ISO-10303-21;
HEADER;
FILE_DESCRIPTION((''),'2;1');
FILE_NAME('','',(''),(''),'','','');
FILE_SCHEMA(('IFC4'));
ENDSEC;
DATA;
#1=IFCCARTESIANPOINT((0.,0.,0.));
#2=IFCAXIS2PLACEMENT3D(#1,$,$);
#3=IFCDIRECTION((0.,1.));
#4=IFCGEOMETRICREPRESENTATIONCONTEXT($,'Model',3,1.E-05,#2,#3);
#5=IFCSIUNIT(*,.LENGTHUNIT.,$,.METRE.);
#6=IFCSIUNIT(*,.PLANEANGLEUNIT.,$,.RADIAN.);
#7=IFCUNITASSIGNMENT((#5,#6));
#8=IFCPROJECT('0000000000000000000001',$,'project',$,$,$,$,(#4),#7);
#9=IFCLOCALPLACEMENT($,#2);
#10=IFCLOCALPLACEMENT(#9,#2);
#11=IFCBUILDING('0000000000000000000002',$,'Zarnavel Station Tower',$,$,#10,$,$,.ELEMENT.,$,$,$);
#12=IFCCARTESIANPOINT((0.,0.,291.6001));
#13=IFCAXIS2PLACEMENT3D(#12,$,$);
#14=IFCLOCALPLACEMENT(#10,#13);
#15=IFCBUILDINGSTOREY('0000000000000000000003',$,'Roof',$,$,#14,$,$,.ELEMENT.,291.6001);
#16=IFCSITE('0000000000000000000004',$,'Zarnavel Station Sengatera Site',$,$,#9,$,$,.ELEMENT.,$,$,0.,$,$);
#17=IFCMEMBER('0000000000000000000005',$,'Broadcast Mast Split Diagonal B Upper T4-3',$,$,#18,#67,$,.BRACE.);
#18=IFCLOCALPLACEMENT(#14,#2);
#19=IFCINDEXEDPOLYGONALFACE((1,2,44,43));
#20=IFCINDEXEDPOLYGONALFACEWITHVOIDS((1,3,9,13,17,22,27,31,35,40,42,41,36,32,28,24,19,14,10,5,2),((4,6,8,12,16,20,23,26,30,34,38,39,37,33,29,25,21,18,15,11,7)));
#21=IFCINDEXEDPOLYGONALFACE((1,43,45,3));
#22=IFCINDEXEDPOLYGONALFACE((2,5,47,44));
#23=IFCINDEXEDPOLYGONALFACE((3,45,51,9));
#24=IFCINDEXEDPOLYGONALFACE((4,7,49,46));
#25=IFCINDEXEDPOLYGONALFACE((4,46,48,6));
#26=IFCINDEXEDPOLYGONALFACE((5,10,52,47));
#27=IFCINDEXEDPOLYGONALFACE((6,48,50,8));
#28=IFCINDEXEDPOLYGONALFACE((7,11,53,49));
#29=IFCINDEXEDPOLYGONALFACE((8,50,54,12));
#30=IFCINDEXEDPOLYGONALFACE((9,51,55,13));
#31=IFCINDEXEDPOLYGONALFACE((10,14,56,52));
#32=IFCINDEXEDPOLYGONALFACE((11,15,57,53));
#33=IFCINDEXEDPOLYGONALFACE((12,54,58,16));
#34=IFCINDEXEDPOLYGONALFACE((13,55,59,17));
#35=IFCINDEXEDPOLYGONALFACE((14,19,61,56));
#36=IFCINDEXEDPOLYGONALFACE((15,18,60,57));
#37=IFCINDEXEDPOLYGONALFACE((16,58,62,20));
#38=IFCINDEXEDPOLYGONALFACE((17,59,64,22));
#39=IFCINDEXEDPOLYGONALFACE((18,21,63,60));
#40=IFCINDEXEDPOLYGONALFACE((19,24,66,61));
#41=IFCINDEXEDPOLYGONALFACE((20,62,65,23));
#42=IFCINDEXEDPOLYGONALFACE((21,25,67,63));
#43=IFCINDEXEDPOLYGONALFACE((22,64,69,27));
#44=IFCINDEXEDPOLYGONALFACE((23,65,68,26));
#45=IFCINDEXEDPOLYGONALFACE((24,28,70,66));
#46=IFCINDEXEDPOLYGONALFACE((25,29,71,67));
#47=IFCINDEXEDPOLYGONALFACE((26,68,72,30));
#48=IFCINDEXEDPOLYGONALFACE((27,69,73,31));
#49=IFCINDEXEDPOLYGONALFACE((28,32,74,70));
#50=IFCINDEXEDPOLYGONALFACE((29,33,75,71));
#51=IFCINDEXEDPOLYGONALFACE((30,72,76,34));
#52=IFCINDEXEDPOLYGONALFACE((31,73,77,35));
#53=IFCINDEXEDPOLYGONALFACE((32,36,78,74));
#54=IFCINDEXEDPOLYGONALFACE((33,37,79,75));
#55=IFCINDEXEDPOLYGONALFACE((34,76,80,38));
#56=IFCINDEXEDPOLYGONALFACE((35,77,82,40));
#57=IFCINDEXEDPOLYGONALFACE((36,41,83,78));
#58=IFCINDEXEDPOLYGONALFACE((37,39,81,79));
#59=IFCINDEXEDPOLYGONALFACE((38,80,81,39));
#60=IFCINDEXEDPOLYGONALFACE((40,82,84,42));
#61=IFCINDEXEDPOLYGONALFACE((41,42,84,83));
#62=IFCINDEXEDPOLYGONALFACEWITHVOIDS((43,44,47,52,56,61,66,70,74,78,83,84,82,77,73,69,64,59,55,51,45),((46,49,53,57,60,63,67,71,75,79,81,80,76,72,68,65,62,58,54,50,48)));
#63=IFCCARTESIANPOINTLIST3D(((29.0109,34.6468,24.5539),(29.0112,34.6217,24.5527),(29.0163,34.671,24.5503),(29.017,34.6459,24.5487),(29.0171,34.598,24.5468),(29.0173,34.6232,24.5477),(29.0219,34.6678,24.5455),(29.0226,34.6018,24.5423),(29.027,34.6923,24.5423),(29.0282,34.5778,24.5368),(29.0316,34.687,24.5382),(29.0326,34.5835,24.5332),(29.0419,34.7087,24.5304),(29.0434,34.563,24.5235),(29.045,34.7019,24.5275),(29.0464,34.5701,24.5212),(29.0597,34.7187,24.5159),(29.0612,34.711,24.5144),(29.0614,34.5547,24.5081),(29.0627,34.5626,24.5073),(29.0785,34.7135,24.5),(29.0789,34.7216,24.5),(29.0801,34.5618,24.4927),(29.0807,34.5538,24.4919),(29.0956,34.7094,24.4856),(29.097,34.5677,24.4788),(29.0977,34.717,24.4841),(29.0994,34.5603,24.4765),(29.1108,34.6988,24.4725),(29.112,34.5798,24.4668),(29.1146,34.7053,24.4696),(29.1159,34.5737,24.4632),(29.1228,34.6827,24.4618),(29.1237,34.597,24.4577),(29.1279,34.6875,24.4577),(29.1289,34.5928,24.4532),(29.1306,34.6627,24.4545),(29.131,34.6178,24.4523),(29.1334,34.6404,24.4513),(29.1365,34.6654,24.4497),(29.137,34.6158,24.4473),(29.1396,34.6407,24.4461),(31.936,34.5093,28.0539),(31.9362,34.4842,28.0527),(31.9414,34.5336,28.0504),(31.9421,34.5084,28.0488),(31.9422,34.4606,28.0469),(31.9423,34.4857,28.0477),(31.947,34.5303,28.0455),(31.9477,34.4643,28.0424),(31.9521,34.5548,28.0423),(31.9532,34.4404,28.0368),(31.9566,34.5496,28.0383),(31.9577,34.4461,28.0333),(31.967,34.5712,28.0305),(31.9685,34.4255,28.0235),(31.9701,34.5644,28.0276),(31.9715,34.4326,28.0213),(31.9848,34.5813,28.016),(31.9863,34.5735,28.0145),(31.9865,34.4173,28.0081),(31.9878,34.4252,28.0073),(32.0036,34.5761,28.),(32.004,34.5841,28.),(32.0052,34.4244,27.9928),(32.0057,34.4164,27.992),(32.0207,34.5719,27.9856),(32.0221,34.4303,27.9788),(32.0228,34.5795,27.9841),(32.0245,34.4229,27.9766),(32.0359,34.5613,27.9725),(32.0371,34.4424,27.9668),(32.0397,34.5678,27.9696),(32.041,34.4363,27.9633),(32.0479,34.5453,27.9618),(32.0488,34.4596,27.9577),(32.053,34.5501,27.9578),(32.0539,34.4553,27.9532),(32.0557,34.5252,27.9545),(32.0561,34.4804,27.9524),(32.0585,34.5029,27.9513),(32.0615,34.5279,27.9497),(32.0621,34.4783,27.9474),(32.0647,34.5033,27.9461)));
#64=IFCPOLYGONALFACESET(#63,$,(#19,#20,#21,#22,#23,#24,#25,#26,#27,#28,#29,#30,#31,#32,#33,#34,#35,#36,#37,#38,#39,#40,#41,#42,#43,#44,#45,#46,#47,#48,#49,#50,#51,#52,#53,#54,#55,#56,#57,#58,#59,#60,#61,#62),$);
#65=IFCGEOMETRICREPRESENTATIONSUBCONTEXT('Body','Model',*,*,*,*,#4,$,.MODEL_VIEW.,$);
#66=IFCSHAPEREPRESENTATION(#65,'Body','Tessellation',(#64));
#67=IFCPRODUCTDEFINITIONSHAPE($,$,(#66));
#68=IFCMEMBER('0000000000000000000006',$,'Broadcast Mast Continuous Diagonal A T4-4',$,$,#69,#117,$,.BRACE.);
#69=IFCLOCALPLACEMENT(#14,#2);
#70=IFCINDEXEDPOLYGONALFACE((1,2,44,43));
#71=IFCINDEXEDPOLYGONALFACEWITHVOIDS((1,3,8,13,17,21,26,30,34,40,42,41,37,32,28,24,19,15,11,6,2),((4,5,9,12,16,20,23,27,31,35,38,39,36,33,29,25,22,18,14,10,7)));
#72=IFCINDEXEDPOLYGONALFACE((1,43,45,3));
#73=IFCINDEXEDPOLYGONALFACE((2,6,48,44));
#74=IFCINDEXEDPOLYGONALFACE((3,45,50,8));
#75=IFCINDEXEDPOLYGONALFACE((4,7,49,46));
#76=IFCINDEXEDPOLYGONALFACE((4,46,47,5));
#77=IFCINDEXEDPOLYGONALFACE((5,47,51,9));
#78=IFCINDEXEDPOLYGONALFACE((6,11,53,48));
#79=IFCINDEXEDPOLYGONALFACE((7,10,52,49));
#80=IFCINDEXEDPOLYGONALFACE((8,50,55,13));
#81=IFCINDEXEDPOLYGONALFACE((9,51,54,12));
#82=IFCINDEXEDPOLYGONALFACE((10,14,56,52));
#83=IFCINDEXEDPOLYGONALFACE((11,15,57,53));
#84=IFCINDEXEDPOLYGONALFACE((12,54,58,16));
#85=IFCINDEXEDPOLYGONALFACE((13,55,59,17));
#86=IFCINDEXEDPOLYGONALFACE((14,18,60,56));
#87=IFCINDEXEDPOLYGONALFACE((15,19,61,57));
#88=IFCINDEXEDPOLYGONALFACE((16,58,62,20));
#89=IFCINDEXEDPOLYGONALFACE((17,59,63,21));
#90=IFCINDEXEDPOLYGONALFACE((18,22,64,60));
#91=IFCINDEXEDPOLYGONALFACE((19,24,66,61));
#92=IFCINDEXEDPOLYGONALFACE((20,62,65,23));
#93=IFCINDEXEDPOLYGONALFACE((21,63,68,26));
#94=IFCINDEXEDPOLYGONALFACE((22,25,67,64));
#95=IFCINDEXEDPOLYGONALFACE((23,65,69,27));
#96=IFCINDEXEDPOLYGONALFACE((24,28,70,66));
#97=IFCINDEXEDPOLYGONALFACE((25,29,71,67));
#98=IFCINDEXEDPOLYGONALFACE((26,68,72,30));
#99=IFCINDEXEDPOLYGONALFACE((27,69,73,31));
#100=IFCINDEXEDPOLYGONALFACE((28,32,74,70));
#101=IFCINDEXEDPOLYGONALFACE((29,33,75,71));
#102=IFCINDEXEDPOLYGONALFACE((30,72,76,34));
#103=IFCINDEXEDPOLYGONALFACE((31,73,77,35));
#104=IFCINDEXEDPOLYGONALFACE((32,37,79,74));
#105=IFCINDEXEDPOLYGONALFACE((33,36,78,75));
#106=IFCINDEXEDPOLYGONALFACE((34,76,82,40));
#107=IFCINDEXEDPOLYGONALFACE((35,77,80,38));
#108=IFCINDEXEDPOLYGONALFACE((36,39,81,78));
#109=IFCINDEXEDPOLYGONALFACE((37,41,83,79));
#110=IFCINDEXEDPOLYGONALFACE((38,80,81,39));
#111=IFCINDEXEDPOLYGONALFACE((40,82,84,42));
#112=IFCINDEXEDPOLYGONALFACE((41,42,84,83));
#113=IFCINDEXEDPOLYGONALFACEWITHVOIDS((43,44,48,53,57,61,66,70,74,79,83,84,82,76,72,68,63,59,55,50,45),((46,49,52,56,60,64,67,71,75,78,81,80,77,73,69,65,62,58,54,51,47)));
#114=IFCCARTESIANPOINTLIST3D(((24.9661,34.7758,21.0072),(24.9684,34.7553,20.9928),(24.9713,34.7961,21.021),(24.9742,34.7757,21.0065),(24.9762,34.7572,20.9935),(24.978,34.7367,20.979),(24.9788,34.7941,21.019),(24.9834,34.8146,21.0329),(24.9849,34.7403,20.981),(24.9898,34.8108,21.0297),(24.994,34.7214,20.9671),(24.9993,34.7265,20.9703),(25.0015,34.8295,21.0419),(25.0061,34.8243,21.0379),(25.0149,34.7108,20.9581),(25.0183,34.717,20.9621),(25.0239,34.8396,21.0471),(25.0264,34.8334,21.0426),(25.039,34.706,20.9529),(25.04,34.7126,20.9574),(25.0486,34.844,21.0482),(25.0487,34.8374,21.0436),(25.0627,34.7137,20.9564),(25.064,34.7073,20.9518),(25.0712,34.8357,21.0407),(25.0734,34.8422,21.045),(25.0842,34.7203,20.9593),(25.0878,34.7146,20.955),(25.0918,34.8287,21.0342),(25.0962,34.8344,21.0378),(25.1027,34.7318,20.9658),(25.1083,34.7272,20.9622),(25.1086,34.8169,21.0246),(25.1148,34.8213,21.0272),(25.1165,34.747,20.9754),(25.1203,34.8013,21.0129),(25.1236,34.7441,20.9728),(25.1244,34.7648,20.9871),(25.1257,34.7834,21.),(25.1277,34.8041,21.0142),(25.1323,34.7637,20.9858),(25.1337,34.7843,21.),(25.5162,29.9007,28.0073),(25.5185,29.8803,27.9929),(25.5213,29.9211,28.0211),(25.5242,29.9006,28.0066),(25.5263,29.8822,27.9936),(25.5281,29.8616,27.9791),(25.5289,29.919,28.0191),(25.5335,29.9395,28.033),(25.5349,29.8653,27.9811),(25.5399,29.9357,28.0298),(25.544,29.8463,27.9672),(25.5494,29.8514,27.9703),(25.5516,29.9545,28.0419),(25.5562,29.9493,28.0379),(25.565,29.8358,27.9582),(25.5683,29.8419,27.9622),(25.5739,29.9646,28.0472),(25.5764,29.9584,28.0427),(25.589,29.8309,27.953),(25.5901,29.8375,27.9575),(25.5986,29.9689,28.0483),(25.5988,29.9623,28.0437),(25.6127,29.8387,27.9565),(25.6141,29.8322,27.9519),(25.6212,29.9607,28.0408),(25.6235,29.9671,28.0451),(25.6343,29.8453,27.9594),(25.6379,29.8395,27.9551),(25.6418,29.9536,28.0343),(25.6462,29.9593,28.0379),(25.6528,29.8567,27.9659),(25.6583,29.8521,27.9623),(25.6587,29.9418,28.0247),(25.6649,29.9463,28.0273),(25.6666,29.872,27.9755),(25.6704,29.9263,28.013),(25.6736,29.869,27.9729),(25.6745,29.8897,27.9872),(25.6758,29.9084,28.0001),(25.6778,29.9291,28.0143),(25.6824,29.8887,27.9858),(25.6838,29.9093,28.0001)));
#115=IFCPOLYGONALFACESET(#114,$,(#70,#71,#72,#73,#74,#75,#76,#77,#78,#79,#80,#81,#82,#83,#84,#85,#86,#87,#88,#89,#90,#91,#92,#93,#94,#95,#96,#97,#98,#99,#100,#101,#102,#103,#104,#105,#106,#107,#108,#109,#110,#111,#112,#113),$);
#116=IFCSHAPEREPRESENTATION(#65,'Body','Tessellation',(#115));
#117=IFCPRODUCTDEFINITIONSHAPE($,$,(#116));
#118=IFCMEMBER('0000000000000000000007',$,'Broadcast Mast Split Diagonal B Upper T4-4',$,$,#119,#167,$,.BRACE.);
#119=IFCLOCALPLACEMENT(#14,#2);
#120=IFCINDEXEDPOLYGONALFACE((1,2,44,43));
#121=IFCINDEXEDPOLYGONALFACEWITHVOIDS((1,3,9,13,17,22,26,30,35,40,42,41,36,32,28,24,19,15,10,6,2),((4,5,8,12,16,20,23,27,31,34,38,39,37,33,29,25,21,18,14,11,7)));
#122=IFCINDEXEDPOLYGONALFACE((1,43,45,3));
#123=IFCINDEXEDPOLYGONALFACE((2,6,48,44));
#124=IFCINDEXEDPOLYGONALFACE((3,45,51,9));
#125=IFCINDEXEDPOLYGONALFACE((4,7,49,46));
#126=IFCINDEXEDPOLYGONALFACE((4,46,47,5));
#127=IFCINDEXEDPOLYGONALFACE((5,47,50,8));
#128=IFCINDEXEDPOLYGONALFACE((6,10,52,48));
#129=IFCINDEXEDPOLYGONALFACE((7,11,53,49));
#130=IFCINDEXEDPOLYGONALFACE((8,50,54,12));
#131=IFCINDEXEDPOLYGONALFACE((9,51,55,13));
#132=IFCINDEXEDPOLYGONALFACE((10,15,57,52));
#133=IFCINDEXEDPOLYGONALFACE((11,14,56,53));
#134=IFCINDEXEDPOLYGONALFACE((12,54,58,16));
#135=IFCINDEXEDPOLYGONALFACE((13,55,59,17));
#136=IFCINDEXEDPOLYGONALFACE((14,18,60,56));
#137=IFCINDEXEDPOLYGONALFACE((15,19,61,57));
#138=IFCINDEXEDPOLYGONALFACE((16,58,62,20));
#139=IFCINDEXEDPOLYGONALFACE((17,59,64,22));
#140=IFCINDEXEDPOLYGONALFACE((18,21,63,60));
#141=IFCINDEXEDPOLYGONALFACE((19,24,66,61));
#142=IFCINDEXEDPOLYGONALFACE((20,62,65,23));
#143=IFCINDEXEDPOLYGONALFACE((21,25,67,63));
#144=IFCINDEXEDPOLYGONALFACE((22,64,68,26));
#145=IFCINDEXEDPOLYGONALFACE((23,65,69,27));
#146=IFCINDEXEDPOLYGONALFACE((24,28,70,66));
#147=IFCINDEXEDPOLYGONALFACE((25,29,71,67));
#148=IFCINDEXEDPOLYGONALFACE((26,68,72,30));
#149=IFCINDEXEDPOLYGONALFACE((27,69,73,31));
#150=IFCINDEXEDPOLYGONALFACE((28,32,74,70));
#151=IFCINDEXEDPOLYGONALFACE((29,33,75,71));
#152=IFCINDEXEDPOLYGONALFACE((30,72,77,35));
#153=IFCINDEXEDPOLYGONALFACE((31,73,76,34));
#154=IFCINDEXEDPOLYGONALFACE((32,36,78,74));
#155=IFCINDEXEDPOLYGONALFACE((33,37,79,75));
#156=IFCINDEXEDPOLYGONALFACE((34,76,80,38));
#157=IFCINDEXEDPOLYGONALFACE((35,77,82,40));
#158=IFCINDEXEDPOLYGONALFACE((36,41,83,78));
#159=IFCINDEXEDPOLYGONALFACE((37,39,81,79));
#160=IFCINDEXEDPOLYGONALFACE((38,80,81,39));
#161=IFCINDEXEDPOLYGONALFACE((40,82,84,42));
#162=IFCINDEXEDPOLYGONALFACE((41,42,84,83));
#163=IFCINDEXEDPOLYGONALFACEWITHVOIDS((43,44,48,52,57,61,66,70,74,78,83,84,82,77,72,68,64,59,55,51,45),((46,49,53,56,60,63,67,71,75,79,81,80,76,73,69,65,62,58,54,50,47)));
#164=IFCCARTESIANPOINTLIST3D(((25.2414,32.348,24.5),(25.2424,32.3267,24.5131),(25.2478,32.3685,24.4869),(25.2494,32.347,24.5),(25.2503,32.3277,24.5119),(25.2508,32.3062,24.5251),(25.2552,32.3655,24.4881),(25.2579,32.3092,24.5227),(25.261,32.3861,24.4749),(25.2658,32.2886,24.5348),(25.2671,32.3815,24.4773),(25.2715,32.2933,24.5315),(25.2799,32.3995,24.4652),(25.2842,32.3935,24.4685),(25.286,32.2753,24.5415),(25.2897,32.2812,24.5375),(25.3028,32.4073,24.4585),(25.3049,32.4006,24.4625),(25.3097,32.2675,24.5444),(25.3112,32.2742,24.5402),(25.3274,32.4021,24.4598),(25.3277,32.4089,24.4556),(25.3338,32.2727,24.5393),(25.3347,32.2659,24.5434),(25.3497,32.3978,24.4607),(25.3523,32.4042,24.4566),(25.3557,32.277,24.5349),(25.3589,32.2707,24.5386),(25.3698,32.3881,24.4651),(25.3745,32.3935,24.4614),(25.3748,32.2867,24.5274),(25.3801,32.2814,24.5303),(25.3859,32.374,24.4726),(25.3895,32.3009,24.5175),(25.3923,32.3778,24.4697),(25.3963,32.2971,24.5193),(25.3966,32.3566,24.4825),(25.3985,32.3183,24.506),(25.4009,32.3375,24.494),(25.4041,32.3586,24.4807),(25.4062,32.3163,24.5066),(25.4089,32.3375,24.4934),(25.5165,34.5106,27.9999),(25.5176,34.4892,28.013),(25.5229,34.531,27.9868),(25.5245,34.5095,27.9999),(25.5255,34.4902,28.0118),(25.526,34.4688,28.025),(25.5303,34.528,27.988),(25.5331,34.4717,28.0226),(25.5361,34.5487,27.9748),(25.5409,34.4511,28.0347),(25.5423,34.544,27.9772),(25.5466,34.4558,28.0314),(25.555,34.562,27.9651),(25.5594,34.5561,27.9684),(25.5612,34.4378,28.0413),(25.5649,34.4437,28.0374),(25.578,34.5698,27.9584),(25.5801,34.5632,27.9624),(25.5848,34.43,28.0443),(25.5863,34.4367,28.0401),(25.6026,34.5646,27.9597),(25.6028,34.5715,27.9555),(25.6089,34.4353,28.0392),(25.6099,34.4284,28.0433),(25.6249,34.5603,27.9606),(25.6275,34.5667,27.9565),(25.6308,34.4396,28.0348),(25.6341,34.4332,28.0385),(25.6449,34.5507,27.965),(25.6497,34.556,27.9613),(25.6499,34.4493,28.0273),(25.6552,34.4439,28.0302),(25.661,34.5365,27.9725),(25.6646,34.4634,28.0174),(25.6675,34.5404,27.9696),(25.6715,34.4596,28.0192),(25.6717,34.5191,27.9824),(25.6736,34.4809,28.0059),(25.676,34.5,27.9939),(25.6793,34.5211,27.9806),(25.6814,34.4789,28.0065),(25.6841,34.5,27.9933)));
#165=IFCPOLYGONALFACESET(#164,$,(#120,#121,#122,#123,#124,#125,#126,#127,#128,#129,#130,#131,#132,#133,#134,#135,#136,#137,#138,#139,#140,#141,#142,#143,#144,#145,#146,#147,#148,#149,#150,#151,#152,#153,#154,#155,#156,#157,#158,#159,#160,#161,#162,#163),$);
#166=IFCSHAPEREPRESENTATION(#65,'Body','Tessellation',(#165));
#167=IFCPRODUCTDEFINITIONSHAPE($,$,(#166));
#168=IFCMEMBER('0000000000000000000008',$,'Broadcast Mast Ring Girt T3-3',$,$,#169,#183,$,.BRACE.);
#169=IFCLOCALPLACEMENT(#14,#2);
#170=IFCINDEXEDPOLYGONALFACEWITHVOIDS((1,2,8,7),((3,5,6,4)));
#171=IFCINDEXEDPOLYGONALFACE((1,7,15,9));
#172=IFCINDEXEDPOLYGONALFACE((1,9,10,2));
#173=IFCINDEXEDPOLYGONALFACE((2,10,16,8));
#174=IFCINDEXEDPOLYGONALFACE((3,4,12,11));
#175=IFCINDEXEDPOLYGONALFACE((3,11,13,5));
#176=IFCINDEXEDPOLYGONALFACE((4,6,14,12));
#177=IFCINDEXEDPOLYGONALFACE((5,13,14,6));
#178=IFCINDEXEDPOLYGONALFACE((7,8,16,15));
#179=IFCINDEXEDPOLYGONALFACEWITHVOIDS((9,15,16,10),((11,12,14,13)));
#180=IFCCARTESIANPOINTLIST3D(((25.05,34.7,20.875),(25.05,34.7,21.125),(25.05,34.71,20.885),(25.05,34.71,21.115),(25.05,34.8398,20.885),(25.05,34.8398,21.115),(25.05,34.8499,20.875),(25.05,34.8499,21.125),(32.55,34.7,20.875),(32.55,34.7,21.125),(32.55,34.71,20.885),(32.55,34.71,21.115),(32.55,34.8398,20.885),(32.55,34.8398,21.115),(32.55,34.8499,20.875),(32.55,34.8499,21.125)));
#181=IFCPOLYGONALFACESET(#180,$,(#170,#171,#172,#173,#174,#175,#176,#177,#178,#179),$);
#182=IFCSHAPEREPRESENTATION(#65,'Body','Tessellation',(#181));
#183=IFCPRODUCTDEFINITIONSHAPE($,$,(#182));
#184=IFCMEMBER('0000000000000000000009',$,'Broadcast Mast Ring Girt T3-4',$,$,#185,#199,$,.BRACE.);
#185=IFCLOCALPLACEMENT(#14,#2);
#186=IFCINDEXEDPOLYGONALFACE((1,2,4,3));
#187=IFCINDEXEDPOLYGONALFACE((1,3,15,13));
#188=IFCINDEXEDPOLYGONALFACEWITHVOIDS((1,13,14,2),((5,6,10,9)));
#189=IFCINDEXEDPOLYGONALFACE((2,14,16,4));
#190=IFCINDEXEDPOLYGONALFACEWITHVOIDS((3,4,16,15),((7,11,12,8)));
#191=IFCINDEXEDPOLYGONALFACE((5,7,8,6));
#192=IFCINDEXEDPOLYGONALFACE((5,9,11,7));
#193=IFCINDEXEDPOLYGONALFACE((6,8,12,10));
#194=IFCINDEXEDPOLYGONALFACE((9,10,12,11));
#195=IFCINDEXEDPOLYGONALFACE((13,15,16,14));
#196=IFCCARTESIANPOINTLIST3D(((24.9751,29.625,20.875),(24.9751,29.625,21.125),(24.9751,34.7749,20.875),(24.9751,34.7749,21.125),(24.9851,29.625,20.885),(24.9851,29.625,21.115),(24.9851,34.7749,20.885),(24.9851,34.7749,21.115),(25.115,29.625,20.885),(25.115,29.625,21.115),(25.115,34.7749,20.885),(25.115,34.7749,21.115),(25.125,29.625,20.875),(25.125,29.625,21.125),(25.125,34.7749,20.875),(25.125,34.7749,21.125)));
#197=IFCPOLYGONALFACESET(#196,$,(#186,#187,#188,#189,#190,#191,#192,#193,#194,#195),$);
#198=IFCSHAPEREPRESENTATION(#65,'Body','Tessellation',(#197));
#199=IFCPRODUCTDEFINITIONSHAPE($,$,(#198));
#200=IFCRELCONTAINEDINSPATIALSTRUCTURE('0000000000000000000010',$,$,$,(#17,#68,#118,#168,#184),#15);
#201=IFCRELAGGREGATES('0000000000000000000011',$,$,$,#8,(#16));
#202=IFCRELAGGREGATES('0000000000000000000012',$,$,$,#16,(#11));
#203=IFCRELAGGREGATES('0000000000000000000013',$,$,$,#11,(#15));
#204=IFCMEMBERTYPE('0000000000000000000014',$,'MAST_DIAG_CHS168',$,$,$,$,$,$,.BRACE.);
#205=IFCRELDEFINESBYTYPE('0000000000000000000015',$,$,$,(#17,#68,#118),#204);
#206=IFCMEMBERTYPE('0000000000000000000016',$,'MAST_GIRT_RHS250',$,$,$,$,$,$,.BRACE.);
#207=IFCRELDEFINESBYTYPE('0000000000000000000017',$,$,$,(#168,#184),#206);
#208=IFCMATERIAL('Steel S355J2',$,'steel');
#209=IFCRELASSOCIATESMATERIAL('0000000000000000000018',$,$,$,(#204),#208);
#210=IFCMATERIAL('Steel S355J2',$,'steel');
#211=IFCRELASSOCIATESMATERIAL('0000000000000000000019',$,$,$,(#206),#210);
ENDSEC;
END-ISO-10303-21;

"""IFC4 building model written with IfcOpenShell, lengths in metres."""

from ifc_helpers import new_model, si_unit, direction, frame, origin, origin_2d, place, context, subcontext, project, spatial, hollow_rectangle, hollow_circle, extrude, material, material_profile, profile_set, type_object, element, save


model = new_model("IFC4")

# Units and contexts
model_context = context("Model", 3, precision=1e-05, world=origin(), true_north=direction((0.0, 1.0)))
body_context = subcontext(model_context, "Body", "Model", "MODEL_VIEW")
ifc_project = project(units=[si_unit("LENGTHUNIT", "METRE"), si_unit("PLANEANGLEUNIT", "RADIAN")], contexts=[model_context])

# Site, building, storey
site_placement = place(None, origin())
site = spatial("IfcSite", under=ifc_project, at=site_placement, Name="Zarnavel Station Sengatera Site", CompositionType="ELEMENT", RefElevation=0.0)
building_placement = place(site_placement, origin())
building = spatial("IfcBuilding", under=site, at=building_placement, Name="Zarnavel Station Tower", CompositionType="ELEMENT")
storey_placement = place(building_placement, frame((0.0, 0.0, 291.6001)))
storey = spatial("IfcBuildingStorey", under=building, at=storey_placement, Name="Roof", CompositionType="ELEMENT", Elevation=291.6001)

# Members
ifc_material_1 = material(Name="Steel S355J2", Category="steel")
ifc_material_profile_1 = material_profile(ifc_material_1, hollow_circle(Radius=0.0842, WallThickness=0.0081, at=origin_2d()), Name="CHS168.3x8")
ifc_profile_set_1 = profile_set([ifc_material_profile_1], Name="Steel S355J2")
member_type_1 = type_object("IfcMemberType", Name="MAST_DIAG_CHS168", PredefinedType="BRACE", material=ifc_profile_set_1)
member_1_placement = place(storey_placement, frame((29.075, 34.6375, 24.5), z_axis=(0.640977, -0.03012, 0.766969), x_axis=(0.046939, 0.998898, 0.0)))
element("IfcMember", 1, at=member_1_placement, inside=storey, type_object=member_type_1, Name="Broadcast Mast Split Diagonal B Upper T4-3", PredefinedType="BRACE", context=body_context, shape_type="SweptSolid", body=[
    extrude(hollow_circle(Radius=0.0842, WallThickness=0.0081, at=origin_2d()), origin(), (0.0, 0.0, 1.0), 4.5635),
])
member_2_placement = place(storey_placement, frame((25.05, 34.7749, 21.0), z_axis=(0.064348, -0.570309, 0.818906), x_axis=(0.993695, 0.112119, 0.0)))
element("IfcMember", 2, at=member_2_placement, inside=storey, type_object=member_type_1, Name="Broadcast Mast Continuous Diagonal A T4-4", PredefinedType="BRACE", context=body_context, shape_type="SweptSolid", body=[
    extrude(hollow_circle(Radius=0.0842, WallThickness=0.0081, at=origin_2d()), origin(), (0.0, 0.0, 1.0), 8.5481),
])
member_3_placement = place(storey_placement, frame((25.325, 32.3374, 24.5), z_axis=(0.066728, 0.524468, 0.848811), x_axis=(-0.992003, 0.126212, 0.0)))
element("IfcMember", 3, at=member_3_placement, inside=storey, type_object=member_type_1, Name="Broadcast Mast Split Diagonal B Upper T4-4", PredefinedType="BRACE", context=body_context, shape_type="SweptSolid", body=[
    extrude(hollow_circle(Radius=0.0842, WallThickness=0.0081, at=origin_2d()), origin(), (0.0, 0.0, 1.0), 4.1233),
])
ifc_material_2 = material(Name="Steel S355J2", Category="steel")
ifc_material_profile_2 = material_profile(ifc_material_2, hollow_rectangle(XDim=0.1499, YDim=0.25, WallThickness=0.01, at=origin_2d()), Name="RHS250x150x10")
ifc_profile_set_2 = profile_set([ifc_material_profile_2], Name="Steel S355J2")
member_type_2 = type_object("IfcMemberType", Name="MAST_GIRT_RHS250", PredefinedType="BRACE", material=ifc_profile_set_2)
member_4_placement = place(storey_placement, frame((32.55, 34.7749, 21.0), z_axis=(-1.0, 0.0, 0.0), x_axis=(0.0, -1.0, 0.0)))
element("IfcMember", 4, at=member_4_placement, inside=storey, type_object=member_type_2, Name="Broadcast Mast Ring Girt T3-3", PredefinedType="BRACE", context=body_context, shape_type="SweptSolid", body=[
    extrude(hollow_rectangle(XDim=0.1499, YDim=0.25, WallThickness=0.01, at=origin_2d()), origin(), (0.0, 0.0, 1.0), 7.5),
])
member_5_placement = place(storey_placement, frame((25.05, 34.7749, 21.0), z_axis=(0.0, -1.0, 0.0), x_axis=(1.0, 0.0, 0.0)))
element("IfcMember", 5, at=member_5_placement, inside=storey, type_object=member_type_2, Name="Broadcast Mast Ring Girt T3-4", PredefinedType="BRACE", context=body_context, shape_type="SweptSolid", body=[
    extrude(hollow_rectangle(XDim=0.1499, YDim=0.25, WallThickness=0.01, at=origin_2d()), origin(), (0.0, 0.0, 1.0), 5.1499),
])

save(model, "model.ifc")
